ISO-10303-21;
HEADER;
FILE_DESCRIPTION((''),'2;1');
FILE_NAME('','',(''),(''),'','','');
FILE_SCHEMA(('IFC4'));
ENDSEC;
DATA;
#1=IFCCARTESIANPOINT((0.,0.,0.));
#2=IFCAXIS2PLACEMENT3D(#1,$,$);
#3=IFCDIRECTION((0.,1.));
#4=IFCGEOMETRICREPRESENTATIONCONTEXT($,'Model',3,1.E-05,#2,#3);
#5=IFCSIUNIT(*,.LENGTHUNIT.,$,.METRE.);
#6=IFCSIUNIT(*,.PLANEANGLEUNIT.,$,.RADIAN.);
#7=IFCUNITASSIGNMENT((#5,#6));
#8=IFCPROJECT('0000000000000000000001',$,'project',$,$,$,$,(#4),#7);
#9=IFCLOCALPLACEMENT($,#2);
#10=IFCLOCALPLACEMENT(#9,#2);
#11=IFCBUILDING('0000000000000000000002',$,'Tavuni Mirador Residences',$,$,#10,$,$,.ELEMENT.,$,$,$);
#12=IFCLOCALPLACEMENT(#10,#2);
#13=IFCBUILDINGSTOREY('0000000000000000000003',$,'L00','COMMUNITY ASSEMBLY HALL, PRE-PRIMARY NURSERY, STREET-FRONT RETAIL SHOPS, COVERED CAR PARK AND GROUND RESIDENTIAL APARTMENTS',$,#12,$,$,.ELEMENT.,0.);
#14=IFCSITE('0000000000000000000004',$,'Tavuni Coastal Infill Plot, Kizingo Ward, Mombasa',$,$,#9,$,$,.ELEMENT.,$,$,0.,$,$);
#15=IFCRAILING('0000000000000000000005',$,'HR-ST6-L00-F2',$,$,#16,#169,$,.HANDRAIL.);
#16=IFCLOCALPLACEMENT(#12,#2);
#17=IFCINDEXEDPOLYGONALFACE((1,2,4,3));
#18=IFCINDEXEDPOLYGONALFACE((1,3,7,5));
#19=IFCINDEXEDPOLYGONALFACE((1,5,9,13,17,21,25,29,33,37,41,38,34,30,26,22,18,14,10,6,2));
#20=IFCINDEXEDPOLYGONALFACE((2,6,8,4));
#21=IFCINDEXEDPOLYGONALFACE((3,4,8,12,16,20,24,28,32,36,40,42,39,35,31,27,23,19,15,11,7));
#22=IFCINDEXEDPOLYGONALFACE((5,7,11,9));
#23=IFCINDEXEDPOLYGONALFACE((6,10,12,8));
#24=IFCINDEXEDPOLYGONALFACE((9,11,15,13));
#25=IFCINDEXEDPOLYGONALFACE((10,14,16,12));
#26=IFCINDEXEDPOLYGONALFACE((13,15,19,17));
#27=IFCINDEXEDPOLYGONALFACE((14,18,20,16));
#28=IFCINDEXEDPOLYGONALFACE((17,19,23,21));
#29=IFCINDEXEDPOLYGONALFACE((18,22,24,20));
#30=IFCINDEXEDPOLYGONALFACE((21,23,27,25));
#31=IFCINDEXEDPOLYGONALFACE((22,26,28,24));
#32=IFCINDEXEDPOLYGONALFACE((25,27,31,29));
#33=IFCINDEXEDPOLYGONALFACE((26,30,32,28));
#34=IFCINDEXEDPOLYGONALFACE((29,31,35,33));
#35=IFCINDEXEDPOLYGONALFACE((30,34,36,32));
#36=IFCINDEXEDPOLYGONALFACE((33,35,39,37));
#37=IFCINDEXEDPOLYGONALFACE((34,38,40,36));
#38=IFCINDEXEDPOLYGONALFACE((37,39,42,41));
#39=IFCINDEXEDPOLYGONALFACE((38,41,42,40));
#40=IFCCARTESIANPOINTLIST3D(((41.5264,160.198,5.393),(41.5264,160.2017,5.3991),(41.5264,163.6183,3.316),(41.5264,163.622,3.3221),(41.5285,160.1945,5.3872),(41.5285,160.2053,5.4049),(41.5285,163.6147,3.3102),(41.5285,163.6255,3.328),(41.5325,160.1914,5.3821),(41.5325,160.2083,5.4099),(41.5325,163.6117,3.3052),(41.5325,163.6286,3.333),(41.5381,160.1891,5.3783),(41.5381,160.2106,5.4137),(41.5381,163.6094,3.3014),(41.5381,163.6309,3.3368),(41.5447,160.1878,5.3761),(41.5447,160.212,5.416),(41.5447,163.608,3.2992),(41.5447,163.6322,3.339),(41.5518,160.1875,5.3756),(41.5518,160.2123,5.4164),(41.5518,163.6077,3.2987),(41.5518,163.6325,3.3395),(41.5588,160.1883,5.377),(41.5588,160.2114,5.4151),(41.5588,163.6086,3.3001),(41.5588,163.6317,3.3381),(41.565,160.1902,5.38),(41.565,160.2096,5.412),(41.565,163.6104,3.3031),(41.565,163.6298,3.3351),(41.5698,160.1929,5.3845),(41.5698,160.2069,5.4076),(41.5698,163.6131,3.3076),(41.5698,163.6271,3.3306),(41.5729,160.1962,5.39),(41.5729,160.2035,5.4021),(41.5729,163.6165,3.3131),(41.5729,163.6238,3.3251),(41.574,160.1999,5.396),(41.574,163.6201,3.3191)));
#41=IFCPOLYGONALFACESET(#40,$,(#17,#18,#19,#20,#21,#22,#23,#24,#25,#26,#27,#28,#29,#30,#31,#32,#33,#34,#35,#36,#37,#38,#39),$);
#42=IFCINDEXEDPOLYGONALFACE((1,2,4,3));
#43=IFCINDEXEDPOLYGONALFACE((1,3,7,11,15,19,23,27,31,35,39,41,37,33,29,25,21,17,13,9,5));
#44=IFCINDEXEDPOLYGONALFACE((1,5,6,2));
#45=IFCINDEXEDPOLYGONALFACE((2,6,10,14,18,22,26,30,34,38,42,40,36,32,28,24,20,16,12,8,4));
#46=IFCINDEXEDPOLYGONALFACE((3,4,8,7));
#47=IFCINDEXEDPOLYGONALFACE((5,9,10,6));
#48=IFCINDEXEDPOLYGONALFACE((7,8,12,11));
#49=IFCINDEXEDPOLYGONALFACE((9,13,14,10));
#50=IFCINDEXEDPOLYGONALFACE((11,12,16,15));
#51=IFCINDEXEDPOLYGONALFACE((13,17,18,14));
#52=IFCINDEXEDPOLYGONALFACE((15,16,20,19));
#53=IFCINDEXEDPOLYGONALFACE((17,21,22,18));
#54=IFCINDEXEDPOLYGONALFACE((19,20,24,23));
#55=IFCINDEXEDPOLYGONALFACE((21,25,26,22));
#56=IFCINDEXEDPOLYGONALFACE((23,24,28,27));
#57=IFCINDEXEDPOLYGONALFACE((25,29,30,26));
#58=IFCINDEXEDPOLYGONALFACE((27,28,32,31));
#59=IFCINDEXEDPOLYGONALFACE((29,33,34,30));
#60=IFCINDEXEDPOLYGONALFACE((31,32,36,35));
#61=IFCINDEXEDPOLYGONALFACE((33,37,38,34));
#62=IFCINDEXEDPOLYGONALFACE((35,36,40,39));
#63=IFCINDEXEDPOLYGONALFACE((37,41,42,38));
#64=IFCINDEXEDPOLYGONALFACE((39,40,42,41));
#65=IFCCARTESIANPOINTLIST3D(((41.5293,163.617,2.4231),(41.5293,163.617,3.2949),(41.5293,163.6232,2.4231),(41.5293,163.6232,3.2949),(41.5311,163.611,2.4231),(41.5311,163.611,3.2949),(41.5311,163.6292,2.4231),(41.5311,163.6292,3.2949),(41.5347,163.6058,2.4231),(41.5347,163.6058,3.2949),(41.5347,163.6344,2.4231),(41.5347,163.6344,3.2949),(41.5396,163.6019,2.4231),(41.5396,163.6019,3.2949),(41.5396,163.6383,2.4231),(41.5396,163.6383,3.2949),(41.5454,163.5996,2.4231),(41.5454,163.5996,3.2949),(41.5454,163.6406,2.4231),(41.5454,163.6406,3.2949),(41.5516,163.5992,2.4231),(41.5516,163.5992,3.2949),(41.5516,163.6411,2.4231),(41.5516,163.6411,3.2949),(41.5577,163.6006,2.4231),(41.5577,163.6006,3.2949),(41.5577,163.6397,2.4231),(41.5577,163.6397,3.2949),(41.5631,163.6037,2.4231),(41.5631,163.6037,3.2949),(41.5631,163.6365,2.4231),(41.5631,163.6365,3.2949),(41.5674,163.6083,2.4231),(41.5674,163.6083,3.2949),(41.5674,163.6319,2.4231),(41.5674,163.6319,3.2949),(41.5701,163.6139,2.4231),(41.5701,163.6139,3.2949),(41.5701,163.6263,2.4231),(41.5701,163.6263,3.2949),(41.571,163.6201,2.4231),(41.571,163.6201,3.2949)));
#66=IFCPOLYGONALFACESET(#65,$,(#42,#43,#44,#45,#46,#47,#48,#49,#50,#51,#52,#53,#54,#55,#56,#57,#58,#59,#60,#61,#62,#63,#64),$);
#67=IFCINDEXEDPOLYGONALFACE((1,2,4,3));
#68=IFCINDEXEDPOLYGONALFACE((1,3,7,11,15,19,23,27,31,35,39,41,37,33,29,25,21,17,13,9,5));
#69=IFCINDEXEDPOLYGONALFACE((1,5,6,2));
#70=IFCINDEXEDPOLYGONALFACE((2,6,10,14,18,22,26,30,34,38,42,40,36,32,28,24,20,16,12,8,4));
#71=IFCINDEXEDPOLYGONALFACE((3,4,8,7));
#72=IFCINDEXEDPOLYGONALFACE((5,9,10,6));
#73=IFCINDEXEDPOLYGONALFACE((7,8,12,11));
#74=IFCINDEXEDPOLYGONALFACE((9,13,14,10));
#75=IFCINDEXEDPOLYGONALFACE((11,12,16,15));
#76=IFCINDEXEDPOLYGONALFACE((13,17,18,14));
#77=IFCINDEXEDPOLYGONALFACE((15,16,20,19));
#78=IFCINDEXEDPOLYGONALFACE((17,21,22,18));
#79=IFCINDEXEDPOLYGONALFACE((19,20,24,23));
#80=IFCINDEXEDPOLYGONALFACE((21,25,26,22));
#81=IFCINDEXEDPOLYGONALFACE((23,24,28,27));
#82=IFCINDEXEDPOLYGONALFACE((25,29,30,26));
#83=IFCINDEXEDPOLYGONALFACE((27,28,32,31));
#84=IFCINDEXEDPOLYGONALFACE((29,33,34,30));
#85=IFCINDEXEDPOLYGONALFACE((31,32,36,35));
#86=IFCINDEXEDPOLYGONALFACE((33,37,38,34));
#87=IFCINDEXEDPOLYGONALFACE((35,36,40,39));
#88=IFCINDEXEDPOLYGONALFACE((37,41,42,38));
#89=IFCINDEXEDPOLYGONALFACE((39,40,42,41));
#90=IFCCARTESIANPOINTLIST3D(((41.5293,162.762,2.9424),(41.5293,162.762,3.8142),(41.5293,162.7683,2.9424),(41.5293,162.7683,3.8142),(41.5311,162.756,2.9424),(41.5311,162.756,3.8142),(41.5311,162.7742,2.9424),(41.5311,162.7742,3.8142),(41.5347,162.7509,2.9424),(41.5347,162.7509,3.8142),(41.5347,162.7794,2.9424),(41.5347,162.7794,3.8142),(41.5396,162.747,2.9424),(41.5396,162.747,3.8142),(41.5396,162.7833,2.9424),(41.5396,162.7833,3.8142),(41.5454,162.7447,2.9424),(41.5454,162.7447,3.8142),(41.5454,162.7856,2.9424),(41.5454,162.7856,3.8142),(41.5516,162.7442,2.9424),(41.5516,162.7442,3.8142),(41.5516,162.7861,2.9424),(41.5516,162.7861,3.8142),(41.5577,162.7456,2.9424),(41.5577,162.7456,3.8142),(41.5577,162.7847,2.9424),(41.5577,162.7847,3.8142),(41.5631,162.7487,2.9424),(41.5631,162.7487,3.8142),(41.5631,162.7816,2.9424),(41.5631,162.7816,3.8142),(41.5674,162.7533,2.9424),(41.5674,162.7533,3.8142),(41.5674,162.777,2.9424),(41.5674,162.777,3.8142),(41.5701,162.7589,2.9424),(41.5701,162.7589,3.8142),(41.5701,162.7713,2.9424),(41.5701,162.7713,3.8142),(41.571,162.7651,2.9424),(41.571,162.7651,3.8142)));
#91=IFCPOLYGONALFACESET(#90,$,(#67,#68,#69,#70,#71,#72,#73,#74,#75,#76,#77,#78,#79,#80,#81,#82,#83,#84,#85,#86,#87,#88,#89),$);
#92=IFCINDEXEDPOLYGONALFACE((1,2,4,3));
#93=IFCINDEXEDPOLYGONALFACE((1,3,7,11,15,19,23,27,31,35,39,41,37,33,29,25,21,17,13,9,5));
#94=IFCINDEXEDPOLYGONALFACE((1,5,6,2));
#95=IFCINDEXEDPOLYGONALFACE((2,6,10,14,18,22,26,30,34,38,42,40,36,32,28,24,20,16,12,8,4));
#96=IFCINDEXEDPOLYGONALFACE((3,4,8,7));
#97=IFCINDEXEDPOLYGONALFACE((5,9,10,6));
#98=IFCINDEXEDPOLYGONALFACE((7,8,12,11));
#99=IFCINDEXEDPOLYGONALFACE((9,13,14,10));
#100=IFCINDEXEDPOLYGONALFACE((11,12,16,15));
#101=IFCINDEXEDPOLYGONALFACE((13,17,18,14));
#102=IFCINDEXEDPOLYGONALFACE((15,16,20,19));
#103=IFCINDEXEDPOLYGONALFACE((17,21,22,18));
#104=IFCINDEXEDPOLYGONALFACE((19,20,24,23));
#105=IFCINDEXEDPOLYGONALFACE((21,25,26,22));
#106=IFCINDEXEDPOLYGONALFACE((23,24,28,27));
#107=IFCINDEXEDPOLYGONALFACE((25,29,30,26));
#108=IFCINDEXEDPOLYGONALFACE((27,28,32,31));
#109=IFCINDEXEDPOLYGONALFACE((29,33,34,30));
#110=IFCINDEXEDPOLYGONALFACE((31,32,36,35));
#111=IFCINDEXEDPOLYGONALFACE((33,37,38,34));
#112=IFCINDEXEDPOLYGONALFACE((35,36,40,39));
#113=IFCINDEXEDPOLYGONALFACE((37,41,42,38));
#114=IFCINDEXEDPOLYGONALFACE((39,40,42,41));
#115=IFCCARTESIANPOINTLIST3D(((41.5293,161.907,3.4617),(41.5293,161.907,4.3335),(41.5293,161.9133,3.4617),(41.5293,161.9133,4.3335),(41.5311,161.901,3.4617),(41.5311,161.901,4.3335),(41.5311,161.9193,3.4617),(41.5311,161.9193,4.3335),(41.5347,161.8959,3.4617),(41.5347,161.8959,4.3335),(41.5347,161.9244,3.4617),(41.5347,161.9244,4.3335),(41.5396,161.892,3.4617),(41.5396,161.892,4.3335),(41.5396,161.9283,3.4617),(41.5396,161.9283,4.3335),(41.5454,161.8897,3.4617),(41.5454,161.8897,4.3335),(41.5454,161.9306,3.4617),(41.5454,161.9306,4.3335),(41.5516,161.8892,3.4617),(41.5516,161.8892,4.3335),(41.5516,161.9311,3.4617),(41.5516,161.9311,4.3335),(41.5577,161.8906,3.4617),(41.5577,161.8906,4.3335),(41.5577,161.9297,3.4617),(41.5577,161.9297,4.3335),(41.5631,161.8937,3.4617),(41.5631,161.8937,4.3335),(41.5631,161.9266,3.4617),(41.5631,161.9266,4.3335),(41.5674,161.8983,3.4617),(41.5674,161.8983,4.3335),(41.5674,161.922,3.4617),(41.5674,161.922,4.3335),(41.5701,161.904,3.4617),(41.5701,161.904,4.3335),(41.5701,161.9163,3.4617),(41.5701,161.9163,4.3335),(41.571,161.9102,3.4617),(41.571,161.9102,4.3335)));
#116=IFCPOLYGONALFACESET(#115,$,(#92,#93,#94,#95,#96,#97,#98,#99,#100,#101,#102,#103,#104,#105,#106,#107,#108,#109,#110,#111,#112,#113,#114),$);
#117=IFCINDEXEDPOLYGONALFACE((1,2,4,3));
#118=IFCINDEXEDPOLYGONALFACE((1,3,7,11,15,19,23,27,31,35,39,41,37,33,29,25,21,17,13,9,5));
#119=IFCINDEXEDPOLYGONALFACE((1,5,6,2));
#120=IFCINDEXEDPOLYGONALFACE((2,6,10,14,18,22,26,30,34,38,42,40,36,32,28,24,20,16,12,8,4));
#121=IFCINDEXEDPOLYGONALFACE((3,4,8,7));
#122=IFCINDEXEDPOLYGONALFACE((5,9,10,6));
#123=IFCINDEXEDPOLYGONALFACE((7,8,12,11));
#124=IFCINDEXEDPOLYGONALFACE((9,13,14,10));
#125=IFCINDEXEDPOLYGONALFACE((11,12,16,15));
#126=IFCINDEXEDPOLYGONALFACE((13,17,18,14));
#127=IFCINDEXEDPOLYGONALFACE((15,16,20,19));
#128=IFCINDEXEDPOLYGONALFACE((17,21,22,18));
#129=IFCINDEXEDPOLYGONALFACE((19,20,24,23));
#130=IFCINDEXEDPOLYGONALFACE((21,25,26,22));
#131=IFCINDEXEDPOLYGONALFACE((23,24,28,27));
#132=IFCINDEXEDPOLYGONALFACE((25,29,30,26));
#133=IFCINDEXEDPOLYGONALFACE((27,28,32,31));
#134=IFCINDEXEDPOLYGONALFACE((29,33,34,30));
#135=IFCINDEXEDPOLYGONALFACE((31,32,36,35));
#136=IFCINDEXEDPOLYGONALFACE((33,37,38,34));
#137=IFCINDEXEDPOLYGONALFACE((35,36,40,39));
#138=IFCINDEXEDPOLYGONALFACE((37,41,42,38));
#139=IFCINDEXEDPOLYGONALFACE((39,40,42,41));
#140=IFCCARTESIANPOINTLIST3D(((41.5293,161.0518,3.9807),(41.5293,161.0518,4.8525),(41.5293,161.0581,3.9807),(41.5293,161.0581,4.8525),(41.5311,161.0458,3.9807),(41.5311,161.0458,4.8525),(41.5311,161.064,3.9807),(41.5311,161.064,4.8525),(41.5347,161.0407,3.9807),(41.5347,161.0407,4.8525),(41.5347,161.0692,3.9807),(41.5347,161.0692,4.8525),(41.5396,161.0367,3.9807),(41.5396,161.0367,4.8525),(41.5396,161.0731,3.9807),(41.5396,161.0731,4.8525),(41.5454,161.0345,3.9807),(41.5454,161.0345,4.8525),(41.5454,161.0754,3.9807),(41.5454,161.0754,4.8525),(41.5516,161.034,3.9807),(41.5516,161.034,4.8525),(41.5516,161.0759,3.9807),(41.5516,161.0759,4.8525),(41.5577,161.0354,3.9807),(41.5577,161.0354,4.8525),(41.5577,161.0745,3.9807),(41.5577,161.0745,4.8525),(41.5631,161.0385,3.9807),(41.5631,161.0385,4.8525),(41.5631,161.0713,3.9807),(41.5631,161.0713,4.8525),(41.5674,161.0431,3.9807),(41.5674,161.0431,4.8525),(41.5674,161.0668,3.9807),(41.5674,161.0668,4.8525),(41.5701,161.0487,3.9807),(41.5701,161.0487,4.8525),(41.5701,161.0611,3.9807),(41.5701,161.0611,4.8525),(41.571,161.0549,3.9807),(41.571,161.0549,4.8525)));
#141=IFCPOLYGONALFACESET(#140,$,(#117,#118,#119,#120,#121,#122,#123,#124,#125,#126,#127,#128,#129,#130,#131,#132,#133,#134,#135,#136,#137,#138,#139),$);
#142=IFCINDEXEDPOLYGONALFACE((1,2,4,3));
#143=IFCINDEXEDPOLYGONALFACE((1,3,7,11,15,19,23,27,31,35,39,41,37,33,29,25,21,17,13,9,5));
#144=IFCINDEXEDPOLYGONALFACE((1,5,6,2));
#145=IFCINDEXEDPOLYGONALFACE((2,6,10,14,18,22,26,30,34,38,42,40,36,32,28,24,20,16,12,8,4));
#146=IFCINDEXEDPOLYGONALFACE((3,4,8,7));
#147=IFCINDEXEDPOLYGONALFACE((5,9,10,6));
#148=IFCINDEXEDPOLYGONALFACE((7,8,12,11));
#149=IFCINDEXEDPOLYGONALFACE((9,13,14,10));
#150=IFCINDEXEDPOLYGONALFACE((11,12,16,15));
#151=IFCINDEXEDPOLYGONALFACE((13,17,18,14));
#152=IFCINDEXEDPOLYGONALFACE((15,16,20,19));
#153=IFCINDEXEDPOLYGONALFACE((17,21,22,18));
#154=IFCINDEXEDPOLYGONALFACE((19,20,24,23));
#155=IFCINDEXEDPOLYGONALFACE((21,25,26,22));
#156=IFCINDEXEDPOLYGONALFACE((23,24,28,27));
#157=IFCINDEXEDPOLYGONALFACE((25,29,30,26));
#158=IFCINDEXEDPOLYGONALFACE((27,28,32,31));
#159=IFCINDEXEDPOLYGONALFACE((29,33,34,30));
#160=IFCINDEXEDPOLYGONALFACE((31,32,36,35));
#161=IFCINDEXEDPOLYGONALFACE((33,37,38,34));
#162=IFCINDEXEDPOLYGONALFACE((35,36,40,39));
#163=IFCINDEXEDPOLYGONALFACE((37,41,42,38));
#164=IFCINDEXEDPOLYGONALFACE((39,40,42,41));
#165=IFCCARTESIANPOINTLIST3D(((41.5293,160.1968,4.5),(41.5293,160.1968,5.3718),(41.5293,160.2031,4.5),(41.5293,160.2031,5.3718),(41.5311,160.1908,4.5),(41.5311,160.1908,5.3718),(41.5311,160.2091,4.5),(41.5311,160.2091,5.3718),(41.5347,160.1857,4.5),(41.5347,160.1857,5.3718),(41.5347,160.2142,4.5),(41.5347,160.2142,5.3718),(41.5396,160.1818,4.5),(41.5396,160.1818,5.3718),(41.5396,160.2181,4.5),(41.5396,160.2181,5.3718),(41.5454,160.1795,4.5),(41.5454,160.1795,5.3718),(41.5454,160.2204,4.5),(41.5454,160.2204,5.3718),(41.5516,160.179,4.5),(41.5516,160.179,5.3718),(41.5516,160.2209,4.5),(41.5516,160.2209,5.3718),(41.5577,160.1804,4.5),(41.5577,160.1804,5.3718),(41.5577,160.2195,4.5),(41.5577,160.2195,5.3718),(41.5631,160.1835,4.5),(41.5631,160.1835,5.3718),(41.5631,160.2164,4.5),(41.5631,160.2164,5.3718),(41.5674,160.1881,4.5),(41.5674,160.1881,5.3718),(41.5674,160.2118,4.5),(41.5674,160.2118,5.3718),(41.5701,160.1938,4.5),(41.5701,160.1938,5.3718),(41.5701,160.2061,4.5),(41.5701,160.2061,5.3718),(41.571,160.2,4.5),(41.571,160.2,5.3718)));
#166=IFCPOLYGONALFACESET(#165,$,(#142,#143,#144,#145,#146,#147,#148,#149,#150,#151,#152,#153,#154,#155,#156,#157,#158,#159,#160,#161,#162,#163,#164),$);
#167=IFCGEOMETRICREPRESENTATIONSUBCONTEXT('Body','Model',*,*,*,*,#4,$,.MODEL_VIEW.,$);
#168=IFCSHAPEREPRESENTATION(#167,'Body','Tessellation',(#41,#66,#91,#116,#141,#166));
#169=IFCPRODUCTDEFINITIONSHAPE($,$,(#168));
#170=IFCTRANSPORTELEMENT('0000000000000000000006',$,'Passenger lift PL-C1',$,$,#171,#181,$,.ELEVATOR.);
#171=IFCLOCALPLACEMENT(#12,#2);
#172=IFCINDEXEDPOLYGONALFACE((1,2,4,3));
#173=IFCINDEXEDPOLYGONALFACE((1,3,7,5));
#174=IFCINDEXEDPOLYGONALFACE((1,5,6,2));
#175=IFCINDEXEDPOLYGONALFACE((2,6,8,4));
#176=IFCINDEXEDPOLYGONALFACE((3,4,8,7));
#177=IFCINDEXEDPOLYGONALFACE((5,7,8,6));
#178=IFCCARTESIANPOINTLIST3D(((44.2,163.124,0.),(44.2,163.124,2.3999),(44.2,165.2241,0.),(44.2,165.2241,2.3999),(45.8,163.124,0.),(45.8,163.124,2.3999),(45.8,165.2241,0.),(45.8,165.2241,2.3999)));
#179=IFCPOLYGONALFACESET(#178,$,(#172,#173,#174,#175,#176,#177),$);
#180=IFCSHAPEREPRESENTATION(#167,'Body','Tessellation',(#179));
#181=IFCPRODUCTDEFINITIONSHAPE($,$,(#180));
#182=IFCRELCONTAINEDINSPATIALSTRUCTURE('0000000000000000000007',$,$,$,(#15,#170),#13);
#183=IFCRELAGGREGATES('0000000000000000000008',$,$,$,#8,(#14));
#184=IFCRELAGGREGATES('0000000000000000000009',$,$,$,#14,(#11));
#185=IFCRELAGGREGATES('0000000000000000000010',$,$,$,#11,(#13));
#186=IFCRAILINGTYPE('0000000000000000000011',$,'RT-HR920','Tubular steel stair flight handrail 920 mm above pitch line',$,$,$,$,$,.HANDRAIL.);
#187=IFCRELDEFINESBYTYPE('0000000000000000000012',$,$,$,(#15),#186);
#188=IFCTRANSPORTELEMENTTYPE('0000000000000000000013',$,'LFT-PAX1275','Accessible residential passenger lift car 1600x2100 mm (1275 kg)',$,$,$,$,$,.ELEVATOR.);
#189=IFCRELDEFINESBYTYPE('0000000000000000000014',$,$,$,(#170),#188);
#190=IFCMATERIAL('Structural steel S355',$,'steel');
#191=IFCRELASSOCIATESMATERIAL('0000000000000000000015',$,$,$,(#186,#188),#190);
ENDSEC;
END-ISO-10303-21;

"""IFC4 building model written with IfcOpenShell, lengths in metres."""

from ifc_helpers import new_model, si_unit, direction, frame, origin, origin_2d, place, context, subcontext, project, spatial, rectangle, circle, extrude, material, type_object, element, save


model = new_model("IFC4")

# Units and contexts
model_context = context("Model", 3, precision=1e-05, world=origin(), true_north=direction((0.0, 1.0)))
body_context = subcontext(model_context, "Body", "Model", "MODEL_VIEW")
ifc_project = project(units=[si_unit("LENGTHUNIT", "METRE"), si_unit("PLANEANGLEUNIT", "RADIAN")], contexts=[model_context])

# Site, building, storey
site_placement = place(None, origin())
site = spatial("IfcSite", under=ifc_project, at=site_placement, Name="Tavuni Coastal Infill Plot, Kizingo Ward, Mombasa", CompositionType="ELEMENT", RefElevation=0.0)
building_placement = place(site_placement, origin())
building = spatial("IfcBuilding", under=site, at=building_placement, Name="Tavuni Mirador Residences", CompositionType="ELEMENT")
storey_placement = place(building_placement, origin())
storey = spatial("IfcBuildingStorey", under=building, at=storey_placement, Name="L00", Description="COMMUNITY ASSEMBLY HALL, PRE-PRIMARY NURSERY, STREET-FRONT RETAIL SHOPS, COVERED CAR PARK AND GROUND RESIDENTIAL APARTMENTS", CompositionType="ELEMENT", Elevation=0.0)

# Shared definitions
ifc_material_1 = material(Name="Structural steel S355", Category="steel")

# Railing
railing_type_1 = type_object("IfcRailingType", Name="RT-HR920", Description="Tubular steel stair flight handrail 920 mm above pitch line", PredefinedType="HANDRAIL", material=ifc_material_1)
railing_1_placement = place(storey_placement, frame((41.55, 163.6201, 2.4231)))
element("IfcRailing", 1, at=railing_1_placement, inside=storey, type_object=railing_type_1, Name="HR-ST6-L00-F2", PredefinedType="HANDRAIL", context=body_context, shape_type="SweptSolid", body=[
    extrude(circle(Radius=0.0239, at=origin_2d()), frame((0.0, 0.0, 0.896), z_axis=(0.0, -0.854746, 0.519047), x_axis=(1.0, 0.0, 0.0)), (0.0, 0.0, 1.0), 4.0015),
    extrude(circle(Radius=0.021, at=origin_2d()), origin(), (0.0, 0.0, 1.0), 0.8718),
    extrude(circle(Radius=0.021, at=origin_2d()), frame((0.0, -0.855, 0.5193)), (0.0, 0.0, 1.0), 0.8718),
    extrude(circle(Radius=0.021, at=origin_2d()), frame((0.0, -1.71, 1.0386)), (0.0, 0.0, 1.0), 0.8718),
    extrude(circle(Radius=0.021, at=origin_2d()), frame((0.0, -2.5652, 1.5576)), (0.0, 0.0, 1.0), 0.8718),
    extrude(circle(Radius=0.021, at=origin_2d()), frame((0.0, -3.4202, 2.0769)), (0.0, 0.0, 1.0), 0.8718),
])

# Transport element
transport_element_type = type_object("IfcTransportElementType", Name="LFT-PAX1275", Description="Accessible residential passenger lift car 1600x2100 mm (1275 kg)", PredefinedType="ELEVATOR", material=ifc_material_1)
transport_element_placement = place(storey_placement, frame((45.0, 164.1741, 0.0), z_axis=(0.0, 0.0, 1.0), x_axis=(1.0, 0.0, 0.0)))
element("IfcTransportElement", 2, at=transport_element_placement, inside=storey, type_object=transport_element_type, Name="Passenger lift PL-C1", PredefinedType="ELEVATOR", context=body_context, shape_type="SweptSolid", body=[
    extrude(rectangle(XDim=1.6001, YDim=2.1001, at=origin_2d()), origin(), (0.0, 0.0, 1.0), 2.3999),
])

save(model, "model.ifc")
